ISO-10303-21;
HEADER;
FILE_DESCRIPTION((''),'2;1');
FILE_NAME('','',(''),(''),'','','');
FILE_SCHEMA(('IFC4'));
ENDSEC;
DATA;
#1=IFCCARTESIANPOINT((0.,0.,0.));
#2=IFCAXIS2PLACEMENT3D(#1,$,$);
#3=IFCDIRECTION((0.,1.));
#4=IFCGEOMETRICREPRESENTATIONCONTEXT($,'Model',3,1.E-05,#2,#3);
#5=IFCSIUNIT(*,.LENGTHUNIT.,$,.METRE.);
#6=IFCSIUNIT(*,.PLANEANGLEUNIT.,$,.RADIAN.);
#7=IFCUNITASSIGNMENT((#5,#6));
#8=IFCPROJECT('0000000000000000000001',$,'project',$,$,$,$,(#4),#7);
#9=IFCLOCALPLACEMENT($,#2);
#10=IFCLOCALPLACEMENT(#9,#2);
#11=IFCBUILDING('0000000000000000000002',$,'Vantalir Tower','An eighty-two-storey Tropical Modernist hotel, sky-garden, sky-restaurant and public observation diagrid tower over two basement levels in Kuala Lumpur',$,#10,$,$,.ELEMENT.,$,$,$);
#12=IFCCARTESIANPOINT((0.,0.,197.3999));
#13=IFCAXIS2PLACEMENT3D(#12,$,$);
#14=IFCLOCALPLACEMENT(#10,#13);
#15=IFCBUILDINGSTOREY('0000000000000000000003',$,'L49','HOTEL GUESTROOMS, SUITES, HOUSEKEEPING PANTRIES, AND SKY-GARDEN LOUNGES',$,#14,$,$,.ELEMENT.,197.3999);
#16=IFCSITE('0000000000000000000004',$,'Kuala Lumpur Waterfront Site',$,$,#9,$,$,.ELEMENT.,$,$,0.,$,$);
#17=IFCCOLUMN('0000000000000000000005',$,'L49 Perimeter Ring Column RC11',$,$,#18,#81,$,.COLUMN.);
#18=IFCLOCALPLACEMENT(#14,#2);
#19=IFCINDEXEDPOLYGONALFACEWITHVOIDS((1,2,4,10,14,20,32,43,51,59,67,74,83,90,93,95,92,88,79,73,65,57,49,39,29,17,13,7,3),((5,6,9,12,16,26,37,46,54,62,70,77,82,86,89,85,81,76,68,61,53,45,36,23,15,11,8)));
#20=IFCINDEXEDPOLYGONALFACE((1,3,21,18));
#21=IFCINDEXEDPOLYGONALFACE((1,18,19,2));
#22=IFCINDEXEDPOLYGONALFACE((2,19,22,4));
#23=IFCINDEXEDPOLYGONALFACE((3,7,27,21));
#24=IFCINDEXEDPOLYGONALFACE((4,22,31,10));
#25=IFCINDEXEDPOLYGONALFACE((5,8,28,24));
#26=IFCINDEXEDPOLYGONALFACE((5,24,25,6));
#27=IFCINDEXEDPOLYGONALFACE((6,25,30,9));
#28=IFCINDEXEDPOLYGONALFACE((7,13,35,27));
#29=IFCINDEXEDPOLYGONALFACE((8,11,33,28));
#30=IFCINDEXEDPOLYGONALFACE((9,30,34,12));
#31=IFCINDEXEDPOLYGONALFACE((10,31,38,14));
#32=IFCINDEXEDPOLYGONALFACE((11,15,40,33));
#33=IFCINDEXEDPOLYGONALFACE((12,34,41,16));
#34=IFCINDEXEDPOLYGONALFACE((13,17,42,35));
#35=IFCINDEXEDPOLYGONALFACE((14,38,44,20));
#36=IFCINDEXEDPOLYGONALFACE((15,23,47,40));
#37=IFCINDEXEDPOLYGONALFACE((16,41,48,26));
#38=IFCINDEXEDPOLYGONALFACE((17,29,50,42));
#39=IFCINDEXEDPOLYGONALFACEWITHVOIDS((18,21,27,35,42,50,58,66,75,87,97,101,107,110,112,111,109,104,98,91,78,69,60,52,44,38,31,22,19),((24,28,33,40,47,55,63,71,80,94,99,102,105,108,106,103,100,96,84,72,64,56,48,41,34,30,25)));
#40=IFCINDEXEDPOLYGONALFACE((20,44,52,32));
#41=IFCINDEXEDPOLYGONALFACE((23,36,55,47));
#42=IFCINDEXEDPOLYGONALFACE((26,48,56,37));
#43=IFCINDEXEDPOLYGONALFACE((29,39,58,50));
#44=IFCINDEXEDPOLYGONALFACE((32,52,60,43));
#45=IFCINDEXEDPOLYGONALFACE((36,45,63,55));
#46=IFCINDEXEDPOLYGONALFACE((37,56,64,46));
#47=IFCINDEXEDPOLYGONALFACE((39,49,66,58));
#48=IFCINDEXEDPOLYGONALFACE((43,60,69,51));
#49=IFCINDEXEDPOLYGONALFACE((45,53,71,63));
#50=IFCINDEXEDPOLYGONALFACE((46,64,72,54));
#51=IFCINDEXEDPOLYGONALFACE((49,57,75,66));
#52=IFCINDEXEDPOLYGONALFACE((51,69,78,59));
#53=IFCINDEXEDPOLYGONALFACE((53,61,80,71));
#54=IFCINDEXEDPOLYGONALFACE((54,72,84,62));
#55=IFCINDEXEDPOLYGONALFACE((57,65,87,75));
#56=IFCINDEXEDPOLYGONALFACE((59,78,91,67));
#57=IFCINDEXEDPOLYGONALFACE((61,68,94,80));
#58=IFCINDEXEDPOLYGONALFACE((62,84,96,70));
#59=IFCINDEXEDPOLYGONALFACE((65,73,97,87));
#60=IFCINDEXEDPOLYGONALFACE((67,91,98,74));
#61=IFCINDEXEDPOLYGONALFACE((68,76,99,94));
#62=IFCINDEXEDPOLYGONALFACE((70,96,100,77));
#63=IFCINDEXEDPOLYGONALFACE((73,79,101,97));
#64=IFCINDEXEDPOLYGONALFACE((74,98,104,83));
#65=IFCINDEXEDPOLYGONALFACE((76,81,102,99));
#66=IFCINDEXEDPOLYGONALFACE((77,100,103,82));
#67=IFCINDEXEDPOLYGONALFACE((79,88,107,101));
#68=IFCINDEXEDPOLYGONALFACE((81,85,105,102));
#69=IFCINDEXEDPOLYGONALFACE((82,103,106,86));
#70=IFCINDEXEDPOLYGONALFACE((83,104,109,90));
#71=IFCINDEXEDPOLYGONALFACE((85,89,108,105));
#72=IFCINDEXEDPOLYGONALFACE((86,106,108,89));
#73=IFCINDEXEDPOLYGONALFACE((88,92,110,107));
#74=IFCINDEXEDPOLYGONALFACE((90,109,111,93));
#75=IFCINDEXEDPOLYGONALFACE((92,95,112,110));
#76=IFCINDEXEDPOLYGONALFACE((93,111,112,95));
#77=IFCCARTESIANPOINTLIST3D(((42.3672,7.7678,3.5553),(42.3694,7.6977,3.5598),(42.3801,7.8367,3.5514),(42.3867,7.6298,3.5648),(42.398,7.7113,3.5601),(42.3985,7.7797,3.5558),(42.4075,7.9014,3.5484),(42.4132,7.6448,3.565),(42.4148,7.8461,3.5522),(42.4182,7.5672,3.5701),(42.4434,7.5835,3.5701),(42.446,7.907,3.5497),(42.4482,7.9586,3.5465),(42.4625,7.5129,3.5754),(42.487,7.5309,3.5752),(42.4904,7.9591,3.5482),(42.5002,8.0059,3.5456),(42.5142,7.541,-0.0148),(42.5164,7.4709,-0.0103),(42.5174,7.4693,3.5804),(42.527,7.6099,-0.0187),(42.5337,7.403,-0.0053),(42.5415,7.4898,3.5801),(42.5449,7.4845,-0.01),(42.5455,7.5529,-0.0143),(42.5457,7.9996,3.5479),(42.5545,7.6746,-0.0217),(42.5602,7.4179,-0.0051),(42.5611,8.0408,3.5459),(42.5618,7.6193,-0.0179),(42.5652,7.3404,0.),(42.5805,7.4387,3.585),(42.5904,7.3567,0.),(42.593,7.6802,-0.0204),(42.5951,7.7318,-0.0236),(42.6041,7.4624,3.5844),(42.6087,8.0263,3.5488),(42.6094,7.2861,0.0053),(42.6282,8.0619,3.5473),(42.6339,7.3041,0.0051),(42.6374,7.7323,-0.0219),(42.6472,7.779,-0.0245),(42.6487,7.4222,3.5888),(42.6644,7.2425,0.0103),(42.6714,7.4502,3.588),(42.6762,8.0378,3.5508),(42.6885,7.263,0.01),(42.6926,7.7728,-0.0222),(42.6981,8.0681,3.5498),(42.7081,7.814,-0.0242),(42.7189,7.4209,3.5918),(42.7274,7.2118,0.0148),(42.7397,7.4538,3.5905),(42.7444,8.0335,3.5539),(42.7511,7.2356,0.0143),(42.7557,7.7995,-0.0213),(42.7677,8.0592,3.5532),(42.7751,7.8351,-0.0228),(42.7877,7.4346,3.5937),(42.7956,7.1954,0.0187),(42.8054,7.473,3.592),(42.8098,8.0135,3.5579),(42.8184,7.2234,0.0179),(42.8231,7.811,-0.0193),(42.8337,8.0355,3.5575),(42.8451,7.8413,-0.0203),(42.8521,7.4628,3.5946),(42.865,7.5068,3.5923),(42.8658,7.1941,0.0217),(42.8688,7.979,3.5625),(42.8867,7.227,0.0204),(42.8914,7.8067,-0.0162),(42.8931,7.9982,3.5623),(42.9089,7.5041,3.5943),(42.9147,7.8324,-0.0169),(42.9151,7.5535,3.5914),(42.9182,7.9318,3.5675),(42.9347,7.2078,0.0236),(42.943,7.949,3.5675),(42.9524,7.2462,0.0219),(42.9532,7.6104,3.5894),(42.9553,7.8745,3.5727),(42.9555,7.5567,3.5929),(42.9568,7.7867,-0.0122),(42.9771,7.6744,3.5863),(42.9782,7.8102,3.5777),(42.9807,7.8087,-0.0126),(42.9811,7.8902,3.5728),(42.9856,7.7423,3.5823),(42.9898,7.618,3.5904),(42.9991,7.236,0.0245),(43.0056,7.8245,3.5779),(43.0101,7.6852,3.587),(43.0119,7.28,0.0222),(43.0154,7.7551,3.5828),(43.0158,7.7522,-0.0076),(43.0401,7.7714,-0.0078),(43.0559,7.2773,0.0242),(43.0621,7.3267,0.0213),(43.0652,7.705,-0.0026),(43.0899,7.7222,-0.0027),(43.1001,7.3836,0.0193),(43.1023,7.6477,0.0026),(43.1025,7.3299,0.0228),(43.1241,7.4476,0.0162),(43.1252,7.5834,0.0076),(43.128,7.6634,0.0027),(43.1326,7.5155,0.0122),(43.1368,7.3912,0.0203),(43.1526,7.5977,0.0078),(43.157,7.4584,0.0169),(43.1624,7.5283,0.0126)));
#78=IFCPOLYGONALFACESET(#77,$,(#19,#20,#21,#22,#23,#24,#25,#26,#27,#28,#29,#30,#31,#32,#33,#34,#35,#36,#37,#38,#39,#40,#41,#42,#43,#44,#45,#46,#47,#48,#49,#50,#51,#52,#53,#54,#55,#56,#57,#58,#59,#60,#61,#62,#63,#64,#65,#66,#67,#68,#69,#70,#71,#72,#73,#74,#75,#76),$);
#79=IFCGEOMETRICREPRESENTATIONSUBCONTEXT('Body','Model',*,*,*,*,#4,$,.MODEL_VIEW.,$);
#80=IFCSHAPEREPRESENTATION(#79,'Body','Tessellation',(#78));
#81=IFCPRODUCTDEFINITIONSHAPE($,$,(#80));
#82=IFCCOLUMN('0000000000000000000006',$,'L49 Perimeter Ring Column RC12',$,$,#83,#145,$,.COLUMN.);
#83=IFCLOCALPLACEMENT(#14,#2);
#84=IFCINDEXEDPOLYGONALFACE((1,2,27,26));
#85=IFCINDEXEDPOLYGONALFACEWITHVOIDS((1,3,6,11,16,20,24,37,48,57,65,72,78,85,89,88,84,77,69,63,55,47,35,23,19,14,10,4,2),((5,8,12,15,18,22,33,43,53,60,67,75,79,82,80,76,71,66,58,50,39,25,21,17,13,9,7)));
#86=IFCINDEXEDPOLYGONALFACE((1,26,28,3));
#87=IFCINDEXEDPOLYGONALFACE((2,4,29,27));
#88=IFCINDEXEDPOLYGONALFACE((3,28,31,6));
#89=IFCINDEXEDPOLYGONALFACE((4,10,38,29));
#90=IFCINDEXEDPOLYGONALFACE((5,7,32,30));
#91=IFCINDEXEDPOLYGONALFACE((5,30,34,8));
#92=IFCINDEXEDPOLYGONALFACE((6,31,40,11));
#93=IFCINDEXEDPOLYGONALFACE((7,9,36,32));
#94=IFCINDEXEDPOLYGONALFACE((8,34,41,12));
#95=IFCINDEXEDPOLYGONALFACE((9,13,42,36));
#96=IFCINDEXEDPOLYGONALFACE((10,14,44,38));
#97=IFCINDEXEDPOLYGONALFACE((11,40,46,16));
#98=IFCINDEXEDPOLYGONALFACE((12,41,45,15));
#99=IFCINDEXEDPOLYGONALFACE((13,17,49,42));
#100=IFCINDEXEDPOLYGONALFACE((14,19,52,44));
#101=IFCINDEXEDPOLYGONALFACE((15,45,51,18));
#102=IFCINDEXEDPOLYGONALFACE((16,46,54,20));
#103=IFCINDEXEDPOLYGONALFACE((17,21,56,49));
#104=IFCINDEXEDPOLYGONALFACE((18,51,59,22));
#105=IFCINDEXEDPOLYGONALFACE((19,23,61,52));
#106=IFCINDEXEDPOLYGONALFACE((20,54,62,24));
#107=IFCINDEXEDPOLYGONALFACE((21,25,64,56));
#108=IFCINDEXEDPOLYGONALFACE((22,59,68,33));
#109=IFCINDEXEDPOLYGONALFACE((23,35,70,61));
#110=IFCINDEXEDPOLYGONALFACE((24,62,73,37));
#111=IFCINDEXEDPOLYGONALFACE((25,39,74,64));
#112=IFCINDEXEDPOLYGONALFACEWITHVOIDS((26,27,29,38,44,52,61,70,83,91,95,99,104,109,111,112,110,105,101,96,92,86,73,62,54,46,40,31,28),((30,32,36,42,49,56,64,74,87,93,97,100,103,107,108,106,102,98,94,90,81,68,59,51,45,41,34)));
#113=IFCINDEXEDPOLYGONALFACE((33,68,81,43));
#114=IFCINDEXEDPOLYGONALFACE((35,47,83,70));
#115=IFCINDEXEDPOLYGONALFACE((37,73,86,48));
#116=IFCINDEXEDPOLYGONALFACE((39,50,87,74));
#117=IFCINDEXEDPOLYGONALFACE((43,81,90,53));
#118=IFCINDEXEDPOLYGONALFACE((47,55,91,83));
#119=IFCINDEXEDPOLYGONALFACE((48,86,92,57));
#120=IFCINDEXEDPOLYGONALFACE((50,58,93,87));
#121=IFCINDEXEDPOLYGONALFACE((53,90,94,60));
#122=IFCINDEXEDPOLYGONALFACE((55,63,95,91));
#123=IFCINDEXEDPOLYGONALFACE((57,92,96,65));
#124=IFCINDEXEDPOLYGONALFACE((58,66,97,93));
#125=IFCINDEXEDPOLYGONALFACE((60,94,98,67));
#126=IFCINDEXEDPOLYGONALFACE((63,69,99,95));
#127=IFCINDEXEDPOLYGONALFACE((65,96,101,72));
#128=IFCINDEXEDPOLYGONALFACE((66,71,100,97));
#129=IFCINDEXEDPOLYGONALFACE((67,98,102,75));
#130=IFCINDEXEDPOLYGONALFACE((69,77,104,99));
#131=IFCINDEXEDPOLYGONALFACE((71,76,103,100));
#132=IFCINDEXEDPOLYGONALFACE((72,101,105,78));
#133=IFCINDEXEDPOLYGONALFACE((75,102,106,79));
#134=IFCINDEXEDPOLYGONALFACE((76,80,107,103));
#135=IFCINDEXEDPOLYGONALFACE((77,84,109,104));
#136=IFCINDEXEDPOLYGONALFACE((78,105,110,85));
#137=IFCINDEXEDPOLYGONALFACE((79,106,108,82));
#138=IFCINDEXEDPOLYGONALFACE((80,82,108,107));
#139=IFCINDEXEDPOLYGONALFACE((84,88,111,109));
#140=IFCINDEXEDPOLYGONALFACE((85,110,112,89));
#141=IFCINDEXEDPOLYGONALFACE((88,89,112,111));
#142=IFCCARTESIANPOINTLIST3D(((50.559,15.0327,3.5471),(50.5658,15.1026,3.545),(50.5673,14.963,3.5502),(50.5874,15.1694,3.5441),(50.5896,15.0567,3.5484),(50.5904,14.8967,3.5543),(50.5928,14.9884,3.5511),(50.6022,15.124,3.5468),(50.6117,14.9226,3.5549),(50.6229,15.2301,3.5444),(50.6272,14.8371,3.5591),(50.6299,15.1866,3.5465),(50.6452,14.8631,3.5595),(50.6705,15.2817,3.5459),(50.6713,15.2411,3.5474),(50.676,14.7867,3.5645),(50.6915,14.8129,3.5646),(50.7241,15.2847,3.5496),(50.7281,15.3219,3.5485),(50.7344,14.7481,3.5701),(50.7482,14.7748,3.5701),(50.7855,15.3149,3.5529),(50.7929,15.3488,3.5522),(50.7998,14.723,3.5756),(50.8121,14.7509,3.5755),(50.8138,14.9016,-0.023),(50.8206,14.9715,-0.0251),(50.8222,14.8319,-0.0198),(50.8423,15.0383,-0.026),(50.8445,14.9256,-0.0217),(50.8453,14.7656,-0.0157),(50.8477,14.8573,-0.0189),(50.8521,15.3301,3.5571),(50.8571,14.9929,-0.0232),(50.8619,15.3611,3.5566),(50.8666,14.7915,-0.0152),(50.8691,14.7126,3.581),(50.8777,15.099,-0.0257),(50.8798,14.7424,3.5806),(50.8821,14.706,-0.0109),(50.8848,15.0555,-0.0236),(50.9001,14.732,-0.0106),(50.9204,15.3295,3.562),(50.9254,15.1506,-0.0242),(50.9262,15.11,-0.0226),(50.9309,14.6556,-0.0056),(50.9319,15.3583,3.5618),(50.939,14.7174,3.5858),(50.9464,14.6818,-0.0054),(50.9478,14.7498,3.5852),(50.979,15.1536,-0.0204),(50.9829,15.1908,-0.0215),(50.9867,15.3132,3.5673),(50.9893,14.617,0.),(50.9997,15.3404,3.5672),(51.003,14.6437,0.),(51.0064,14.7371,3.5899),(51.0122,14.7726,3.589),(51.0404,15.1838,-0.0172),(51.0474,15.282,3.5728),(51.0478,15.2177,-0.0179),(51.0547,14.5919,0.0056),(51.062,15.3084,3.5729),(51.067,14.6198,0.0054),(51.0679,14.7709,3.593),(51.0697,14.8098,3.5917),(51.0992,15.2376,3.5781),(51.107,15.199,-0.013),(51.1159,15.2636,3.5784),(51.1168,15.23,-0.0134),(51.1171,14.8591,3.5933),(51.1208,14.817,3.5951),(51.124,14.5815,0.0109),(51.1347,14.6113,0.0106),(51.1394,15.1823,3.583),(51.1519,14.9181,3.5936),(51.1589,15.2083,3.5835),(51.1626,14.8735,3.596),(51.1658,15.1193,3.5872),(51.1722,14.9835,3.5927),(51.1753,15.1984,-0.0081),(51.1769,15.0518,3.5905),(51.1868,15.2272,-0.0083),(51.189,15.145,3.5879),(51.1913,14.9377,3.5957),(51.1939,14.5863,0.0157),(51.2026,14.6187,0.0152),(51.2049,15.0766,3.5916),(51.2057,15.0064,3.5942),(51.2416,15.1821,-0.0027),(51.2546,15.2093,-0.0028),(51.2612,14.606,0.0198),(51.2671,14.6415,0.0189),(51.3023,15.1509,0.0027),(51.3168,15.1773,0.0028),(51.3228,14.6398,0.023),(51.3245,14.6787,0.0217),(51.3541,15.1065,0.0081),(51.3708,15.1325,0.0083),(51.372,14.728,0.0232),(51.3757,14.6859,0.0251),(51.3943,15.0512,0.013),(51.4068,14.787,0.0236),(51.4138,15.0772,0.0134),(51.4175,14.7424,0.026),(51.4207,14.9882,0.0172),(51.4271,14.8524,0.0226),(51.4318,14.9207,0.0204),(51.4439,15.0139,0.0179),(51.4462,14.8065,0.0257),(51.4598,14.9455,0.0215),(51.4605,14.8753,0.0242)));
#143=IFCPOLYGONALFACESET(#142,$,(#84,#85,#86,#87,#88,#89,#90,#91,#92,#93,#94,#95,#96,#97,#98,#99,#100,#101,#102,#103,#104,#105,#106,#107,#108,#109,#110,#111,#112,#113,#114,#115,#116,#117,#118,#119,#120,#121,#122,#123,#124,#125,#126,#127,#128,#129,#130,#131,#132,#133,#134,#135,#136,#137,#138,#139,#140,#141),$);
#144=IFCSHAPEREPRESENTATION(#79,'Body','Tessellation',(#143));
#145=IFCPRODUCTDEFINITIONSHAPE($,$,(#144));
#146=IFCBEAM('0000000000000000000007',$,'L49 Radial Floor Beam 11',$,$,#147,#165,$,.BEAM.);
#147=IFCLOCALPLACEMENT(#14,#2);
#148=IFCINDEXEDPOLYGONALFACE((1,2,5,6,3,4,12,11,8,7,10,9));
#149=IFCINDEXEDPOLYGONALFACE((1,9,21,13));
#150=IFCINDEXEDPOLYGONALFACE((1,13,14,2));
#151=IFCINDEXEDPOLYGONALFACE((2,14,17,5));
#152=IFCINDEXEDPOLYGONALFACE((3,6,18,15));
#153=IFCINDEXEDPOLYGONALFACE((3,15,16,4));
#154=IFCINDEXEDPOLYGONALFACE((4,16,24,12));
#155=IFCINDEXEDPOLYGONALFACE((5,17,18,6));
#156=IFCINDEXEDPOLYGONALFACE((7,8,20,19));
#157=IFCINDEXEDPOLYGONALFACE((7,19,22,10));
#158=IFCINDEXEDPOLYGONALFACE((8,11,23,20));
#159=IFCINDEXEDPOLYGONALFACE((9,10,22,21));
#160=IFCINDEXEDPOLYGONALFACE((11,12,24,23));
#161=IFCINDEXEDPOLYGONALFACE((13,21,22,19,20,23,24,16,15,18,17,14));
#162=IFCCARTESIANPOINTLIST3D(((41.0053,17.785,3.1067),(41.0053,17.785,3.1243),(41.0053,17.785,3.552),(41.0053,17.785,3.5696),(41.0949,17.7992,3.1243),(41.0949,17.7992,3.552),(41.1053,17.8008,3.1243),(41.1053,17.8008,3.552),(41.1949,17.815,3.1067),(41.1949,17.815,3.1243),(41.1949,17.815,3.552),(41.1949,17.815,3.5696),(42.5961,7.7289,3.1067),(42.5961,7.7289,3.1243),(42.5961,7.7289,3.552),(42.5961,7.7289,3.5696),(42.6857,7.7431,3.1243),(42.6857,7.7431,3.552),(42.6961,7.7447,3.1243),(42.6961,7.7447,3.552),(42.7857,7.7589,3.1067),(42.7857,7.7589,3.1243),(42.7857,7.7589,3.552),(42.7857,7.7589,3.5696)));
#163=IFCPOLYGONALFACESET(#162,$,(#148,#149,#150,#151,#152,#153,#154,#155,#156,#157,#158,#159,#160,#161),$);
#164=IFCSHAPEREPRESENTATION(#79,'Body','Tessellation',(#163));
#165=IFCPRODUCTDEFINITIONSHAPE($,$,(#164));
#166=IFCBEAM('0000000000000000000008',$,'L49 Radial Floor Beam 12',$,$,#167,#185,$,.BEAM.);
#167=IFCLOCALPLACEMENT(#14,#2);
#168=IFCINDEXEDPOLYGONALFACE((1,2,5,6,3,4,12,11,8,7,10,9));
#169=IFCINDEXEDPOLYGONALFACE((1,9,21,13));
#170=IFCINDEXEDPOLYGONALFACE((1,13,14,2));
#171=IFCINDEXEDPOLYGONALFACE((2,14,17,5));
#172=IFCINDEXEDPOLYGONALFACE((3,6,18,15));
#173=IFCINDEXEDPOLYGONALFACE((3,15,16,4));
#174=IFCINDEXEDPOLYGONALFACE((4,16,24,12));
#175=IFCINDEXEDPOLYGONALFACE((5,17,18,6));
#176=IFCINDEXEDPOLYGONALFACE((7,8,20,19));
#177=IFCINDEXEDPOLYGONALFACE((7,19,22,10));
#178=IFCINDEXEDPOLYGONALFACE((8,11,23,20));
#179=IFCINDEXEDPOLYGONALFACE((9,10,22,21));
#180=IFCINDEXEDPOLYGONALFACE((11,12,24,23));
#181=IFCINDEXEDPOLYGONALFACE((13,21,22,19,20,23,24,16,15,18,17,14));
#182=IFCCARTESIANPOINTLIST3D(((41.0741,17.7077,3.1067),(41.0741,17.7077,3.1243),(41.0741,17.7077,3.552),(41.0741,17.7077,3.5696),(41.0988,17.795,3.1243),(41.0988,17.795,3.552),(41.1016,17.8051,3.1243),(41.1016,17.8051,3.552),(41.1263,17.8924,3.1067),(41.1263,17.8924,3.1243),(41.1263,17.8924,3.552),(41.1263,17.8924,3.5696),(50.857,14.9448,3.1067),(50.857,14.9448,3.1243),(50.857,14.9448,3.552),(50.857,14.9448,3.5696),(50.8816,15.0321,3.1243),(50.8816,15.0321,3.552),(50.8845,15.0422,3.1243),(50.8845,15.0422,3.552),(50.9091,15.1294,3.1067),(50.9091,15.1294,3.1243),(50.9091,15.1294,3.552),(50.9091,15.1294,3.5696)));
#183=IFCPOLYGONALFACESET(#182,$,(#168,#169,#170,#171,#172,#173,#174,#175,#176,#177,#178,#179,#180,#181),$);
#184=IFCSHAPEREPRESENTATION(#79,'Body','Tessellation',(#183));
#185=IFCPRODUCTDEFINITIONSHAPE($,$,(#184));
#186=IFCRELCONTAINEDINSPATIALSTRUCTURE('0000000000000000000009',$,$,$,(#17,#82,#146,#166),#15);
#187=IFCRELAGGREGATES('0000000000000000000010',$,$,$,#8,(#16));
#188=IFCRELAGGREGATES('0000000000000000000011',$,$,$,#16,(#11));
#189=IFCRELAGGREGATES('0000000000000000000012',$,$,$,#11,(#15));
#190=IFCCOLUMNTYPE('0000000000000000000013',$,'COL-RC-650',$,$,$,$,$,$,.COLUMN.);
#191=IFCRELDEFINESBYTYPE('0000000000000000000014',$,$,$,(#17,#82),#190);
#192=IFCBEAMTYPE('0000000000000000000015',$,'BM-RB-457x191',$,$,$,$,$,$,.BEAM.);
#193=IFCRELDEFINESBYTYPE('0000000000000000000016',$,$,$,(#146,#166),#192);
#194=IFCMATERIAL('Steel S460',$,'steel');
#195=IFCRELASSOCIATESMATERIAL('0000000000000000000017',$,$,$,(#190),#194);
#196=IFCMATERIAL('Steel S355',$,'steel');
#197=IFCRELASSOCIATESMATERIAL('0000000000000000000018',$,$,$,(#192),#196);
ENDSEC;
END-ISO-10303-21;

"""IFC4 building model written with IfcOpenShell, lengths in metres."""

from ifc_helpers import new_model, si_unit, direction, frame, origin, origin_2d, place, context, subcontext, project, spatial, hollow_circle, i_section, extrude, material, material_profile, profile_set, type_object, element, save


model = new_model("IFC4")

# Units and contexts
model_context = context("Model", 3, precision=1e-05, world=origin(), true_north=direction((0.0, 1.0)))
body_context = subcontext(model_context, "Body", "Model", "MODEL_VIEW")
ifc_project = project(units=[si_unit("LENGTHUNIT", "METRE"), si_unit("PLANEANGLEUNIT", "RADIAN")], contexts=[model_context])

# Site, building, storey
site_placement = place(None, origin())
site = spatial("IfcSite", under=ifc_project, at=site_placement, Name="Kuala Lumpur Waterfront Site", CompositionType="ELEMENT", RefElevation=0.0)
building_placement = place(site_placement, origin())
building = spatial("IfcBuilding", under=site, at=building_placement, Name="Vantalir Tower", Description="An eighty-two-storey Tropical Modernist hotel, sky-garden, sky-restaurant and public observation diagrid tower over two basement levels in Kuala Lumpur", CompositionType="ELEMENT")
storey_placement = place(building_placement, frame((0.0, 0.0, 197.3999)))
storey = spatial("IfcBuildingStorey", under=building, at=storey_placement, Name="L49", Description="HOTEL GUESTROOMS, SUITES, HOUSEKEEPING PANTRIES, AND SKY-GARDEN LOUNGES", CompositionType="ELEMENT", Elevation=197.3999)

# Columns
ifc_material_1 = material(Name="Steel S460", Category="steel")
ifc_material_profile_1 = material_profile(ifc_material_1, hollow_circle(Radius=0.325, WallThickness=0.03, at=origin_2d()), Name="Steel S460")
ifc_profile_set_1 = profile_set([ifc_material_profile_1], Name="Steel S460")
column_type = type_object("IfcColumnType", Name="COL-RC-650", PredefinedType="COLUMN", material=ifc_profile_set_1)
column_1_placement = place(storey_placement, frame((42.8379, 7.5171, 0.0), z_axis=(-0.041051, 0.063349, 0.997147), x_axis=(-0.839206, -0.543813, 0.0)))
element("IfcColumn", 1, at=column_1_placement, inside=storey, type_object=column_type, Name="L49 Perimeter Ring Column RC11", PredefinedType="COLUMN", context=body_context, shape_type="SweptSolid", body=[
    extrude(hollow_circle(Radius=0.325, WallThickness=0.03, at=origin_2d()), origin(), (0.0, 0.0, 1.0), 3.5803),
])
column_2_placement = place(storey_placement, frame((51.1379, 14.906, 0.0), z_axis=(-0.071165, 0.036605, 0.996793), x_axis=(-0.457406, -0.889258, 0.0)))
element("IfcColumn", 2, at=column_2_placement, inside=storey, type_object=column_type, Name="L49 Perimeter Ring Column RC12", PredefinedType="COLUMN", context=body_context, shape_type="SweptSolid", body=[
    extrude(hollow_circle(Radius=0.325, WallThickness=0.03, at=origin_2d()), origin(), (0.0, 0.0, 1.0), 3.5815),
])

# Beams
ifc_material_2 = material(Name="Steel S355", Category="steel")
ifc_material_profile_2 = material_profile(ifc_material_2, i_section(OverallWidth=0.1919, OverallDepth=0.4629, WebThickness=0.0105, FlangeThickness=0.0176, at=origin_2d()), Name="Steel S355")
ifc_profile_set_2 = profile_set([ifc_material_profile_2], Name="Steel S355")
beam_type_1 = type_object("IfcBeamType", Name="BM-RB-457x191", PredefinedType="BEAM", material=ifc_profile_set_2)
beam_1_placement = place(storey_placement, frame((42.6909, 7.7439, 3.3381), z_axis=(-0.156251, 0.987717, 0.0), x_axis=(-0.987717, -0.156251, 0.0)))
element("IfcBeam", 3, at=beam_1_placement, inside=storey, type_object=beam_type_1, Name="L49 Radial Floor Beam 11", PredefinedType="BEAM", context=body_context, shape_type="SweptSolid", body=[
    extrude(i_section(OverallWidth=0.1919, OverallDepth=0.4629, WebThickness=0.0105, FlangeThickness=0.0176, at=origin_2d()), origin(), (0.0, 0.0, 1.0), 10.1812),
])
beam_2_placement = place(storey_placement, frame((50.8831, 15.0371, 3.3381), z_axis=(-0.962356, 0.271792, 0.0), x_axis=(-0.271792, -0.962356, 0.0)))
element("IfcBeam", 4, at=beam_2_placement, inside=storey, type_object=beam_type_1, Name="L49 Radial Floor Beam 12", PredefinedType="BEAM", context=body_context, shape_type="SweptSolid", body=[
    extrude(i_section(OverallWidth=0.1919, OverallDepth=0.4629, WebThickness=0.0105, FlangeThickness=0.0176, at=origin_2d()), origin(), (0.0, 0.0, 1.0), 10.1655),
])

save(model, "model.ifc")
